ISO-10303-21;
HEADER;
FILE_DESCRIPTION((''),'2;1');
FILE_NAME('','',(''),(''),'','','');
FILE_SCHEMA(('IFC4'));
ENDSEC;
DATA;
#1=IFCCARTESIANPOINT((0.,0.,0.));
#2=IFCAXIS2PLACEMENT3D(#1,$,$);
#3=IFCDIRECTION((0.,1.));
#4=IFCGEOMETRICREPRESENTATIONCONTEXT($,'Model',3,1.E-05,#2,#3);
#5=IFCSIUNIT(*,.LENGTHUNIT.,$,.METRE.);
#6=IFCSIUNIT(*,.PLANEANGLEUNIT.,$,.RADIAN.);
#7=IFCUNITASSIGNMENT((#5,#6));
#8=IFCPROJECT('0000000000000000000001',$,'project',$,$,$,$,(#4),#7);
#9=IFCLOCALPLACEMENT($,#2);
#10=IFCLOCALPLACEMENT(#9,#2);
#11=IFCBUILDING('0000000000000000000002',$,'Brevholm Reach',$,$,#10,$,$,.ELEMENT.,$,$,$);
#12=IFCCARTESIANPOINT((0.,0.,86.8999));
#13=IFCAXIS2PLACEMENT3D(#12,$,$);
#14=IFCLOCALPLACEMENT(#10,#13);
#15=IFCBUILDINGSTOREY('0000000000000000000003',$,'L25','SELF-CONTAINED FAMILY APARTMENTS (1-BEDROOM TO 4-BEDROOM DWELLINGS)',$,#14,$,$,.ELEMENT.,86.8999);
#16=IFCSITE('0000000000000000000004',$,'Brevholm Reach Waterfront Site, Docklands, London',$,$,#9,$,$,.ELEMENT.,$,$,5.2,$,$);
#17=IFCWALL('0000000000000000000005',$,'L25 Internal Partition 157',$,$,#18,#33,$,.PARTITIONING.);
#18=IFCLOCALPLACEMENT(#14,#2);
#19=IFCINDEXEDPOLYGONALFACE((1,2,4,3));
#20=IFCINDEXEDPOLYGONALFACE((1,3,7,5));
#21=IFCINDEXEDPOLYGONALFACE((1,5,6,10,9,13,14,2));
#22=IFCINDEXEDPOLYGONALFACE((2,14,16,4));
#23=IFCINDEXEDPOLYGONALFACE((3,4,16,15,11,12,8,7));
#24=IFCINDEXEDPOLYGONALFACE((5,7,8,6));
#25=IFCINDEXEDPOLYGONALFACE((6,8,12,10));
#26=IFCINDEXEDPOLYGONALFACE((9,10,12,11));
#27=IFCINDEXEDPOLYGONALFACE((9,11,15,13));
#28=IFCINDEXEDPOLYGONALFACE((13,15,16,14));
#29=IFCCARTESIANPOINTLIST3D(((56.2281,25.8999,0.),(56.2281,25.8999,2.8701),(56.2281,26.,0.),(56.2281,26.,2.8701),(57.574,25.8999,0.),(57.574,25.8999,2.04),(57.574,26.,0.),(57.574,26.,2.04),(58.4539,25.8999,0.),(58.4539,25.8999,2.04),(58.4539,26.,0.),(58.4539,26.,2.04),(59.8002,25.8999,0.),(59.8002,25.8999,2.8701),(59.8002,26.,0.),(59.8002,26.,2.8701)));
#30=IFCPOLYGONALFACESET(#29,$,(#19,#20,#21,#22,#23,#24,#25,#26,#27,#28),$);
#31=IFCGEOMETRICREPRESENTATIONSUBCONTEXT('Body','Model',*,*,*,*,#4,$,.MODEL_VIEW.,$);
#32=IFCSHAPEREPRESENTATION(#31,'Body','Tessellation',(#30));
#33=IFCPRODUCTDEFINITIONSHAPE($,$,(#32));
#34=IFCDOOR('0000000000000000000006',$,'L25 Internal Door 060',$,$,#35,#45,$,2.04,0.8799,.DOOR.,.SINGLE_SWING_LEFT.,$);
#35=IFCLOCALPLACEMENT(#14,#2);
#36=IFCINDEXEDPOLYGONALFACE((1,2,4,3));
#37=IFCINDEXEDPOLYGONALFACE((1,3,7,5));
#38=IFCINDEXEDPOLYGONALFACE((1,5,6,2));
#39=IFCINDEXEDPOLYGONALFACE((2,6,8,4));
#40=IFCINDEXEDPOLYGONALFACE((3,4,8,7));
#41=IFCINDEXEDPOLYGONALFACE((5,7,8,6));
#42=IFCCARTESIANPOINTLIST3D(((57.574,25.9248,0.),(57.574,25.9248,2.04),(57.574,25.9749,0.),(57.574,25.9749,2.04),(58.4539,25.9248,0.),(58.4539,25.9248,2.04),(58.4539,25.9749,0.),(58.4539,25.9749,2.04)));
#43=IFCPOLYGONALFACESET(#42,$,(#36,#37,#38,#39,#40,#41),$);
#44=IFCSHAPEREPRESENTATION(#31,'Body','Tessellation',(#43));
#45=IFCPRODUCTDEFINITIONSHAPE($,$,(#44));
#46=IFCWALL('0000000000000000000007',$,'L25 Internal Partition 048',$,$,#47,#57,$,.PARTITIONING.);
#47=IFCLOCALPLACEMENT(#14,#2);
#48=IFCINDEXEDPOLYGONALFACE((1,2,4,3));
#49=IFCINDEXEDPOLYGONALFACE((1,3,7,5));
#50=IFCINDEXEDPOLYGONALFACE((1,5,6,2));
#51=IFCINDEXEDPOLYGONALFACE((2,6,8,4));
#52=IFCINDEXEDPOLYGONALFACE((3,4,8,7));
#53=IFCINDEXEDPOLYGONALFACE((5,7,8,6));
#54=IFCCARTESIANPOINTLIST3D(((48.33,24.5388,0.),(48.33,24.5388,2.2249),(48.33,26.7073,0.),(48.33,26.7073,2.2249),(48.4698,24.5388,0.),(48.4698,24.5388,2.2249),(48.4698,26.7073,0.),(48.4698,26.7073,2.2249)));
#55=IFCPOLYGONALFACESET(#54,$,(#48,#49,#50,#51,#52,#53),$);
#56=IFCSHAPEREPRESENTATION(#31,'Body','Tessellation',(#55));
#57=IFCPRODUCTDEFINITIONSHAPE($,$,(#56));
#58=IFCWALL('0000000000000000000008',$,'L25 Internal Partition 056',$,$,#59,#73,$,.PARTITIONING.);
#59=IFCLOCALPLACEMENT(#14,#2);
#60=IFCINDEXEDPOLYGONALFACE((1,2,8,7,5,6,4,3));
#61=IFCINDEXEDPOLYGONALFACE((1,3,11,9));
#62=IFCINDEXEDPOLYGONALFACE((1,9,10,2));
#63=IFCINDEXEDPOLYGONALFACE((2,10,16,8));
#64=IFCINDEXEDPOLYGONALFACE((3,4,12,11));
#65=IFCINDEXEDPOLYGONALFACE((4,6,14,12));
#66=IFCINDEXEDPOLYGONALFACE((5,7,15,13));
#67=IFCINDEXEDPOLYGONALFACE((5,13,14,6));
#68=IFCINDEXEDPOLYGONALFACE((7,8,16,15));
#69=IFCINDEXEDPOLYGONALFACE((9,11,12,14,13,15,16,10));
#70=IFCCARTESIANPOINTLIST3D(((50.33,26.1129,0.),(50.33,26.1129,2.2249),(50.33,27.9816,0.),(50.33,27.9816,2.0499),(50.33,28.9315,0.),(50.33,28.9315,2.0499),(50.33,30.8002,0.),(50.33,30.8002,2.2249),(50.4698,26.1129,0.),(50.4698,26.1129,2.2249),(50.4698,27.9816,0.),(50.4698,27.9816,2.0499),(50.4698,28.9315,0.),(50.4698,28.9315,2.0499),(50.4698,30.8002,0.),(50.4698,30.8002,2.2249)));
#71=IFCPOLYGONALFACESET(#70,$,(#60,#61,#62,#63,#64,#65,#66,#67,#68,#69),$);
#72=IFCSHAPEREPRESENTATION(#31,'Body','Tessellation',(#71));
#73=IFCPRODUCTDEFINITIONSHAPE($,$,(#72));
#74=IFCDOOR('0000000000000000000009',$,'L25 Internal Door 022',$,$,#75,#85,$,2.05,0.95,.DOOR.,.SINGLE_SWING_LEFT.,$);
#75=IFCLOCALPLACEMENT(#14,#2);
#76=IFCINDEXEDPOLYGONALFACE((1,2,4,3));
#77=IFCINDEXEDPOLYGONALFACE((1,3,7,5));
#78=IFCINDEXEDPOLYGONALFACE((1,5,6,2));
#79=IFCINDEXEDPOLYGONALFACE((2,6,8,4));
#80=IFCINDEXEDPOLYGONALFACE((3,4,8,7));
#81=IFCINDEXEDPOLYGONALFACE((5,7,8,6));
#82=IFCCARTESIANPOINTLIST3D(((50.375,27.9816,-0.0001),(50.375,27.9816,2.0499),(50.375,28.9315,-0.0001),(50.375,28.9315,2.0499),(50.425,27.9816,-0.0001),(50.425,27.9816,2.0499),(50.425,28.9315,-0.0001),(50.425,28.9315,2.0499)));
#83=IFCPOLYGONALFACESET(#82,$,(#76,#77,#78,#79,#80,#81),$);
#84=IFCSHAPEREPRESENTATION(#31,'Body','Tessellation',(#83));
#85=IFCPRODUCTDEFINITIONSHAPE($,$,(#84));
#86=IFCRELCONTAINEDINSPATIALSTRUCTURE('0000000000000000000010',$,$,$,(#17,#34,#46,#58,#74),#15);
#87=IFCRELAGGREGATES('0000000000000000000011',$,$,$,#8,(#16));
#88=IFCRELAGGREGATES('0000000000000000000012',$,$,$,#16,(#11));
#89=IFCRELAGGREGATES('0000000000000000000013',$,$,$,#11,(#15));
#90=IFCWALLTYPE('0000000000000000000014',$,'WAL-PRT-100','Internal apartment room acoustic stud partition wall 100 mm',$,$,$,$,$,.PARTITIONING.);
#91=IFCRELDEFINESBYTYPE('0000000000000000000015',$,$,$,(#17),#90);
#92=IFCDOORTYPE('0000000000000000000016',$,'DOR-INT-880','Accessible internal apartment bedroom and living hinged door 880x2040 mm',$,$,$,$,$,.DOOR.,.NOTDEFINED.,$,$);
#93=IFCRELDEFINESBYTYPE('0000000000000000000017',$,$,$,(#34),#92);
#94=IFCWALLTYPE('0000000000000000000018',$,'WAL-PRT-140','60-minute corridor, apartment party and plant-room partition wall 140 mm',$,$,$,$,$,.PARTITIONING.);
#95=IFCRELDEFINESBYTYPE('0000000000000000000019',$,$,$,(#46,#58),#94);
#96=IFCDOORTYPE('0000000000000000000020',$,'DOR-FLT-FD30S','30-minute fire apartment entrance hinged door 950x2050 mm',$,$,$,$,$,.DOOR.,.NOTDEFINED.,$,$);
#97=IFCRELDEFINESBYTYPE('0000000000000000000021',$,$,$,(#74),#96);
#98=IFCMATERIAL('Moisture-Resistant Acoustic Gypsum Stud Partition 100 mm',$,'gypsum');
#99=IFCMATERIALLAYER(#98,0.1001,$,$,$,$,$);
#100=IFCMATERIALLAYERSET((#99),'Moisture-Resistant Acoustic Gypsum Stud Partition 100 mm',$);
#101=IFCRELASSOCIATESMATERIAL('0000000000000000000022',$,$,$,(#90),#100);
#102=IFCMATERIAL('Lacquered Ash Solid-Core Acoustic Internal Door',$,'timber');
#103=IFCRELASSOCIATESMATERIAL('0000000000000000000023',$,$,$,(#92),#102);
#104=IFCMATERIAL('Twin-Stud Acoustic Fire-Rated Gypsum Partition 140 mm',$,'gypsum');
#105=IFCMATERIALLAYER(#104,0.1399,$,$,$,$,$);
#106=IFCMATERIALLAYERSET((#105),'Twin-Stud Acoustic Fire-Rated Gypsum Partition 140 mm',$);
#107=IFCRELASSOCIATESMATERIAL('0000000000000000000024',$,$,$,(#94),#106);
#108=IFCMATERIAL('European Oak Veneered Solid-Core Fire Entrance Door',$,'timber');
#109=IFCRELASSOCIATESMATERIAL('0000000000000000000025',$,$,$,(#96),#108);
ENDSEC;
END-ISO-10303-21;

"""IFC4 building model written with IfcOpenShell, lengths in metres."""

from ifc_helpers import new_model, si_unit, direction, frame, frame_2d, origin, place, context, subcontext, project, spatial, rectangle, extrude, material, layer, layer_set, type_object, element, fill, save


model = new_model("IFC4")

# Units and contexts
model_context = context("Model", 3, precision=1e-05, world=origin(), true_north=direction((0.0, 1.0)))
body_context = subcontext(model_context, "Body", "Model", "MODEL_VIEW")
ifc_project = project(units=[si_unit("LENGTHUNIT", "METRE"), si_unit("PLANEANGLEUNIT", "RADIAN")], contexts=[model_context])

# Site, building, storey
site_placement = place(None, origin())
site = spatial("IfcSite", under=ifc_project, at=site_placement, Name="Brevholm Reach Waterfront Site, Docklands, London", CompositionType="ELEMENT", RefElevation=5.2)
building_placement = place(site_placement, origin())
building = spatial("IfcBuilding", under=site, at=building_placement, Name="Brevholm Reach", CompositionType="ELEMENT")
storey_placement = place(building_placement, frame((0.0, 0.0, 86.8999)))
storey = spatial("IfcBuildingStorey", under=building, at=storey_placement, Name="L25", Description="SELF-CONTAINED FAMILY APARTMENTS (1-BEDROOM TO 4-BEDROOM DWELLINGS)", CompositionType="ELEMENT", Elevation=86.8999)

# Shared definitions
ifc_material_1 = material(Name="Moisture-Resistant Acoustic Gypsum Stud Partition 100 mm", Category="gypsum")
ifc_layer_1 = layer(ifc_material_1, 0.1001)
ifc_layer_set_1 = layer_set([ifc_layer_1], Name="Moisture-Resistant Acoustic Gypsum Stud Partition 100 mm")
wall_type_1 = type_object("IfcWallType", Name="WAL-PRT-100", Description="Internal apartment room acoustic stud partition wall 100 mm", PredefinedType="PARTITIONING", material=ifc_layer_set_1)

# Wall, opening, door
wall_1_placement = place(storey_placement, frame((56.228, 25.95, 0.0), z_axis=(0.0, 0.0, 1.0), x_axis=(1.0, 0.0, 0.0)))
wall_1 = element("IfcWall", 1, at=wall_1_placement, inside=storey, type_object=wall_type_1, Name="L25 Internal Partition 157", PredefinedType="PARTITIONING", context=body_context, shape_type="SweptSolid", body=[
    extrude(rectangle(XDim=3.572, YDim=0.1001, at=frame_2d((1.7861, 0.0))), origin(), (0.0, 0.0, 1.0), 2.8701),
])
opening_1_placement = place(wall_1_placement, frame((1.3459, 0.0, 0.0)))
opening_1 = element("IfcOpeningElement", 2, at=opening_1_placement, cuts=wall_1, PredefinedType="OPENING", context=body_context, shape_type="SweptSolid", body=[
    extrude(rectangle(XDim=0.8799, YDim=2.04, at=frame_2d((0.4399, 1.02))), frame((0.0, 0.0601, 0.0), z_axis=(0.0, -1.0, 0.0), x_axis=(1.0, 0.0, 0.0)), (0.0, 0.0, 1.0), 0.1201),
])
ifc_material_2 = material(Name="Lacquered Ash Solid-Core Acoustic Internal Door", Category="timber")
door_type_1 = type_object("IfcDoorType", Name="DOR-INT-880", Description="Accessible internal apartment bedroom and living hinged door 880x2040 mm", OperationType="NOTDEFINED", PredefinedType="DOOR", material=ifc_material_2)
door_1_placement = place(opening_1_placement, origin())
door_1 = element("IfcDoor", 3, at=door_1_placement, inside=storey, type_object=door_type_1, Name="L25 Internal Door 060", OperationType="SINGLE_SWING_LEFT", OverallHeight=2.04, OverallWidth=0.8799, PredefinedType="DOOR", context=body_context, shape_type="SweptSolid", body=[
    extrude(rectangle(XDim=0.8799, YDim=2.04, at=frame_2d((0.4399, 1.02))), frame((0.0, 0.0249, 0.0), z_axis=(0.0, -1.0, 0.0), x_axis=(1.0, 0.0, 0.0)), (0.0, 0.0, 1.0), 0.05),
])
fill(opening_1, door_1)

# Wall
ifc_material_3 = material(Name="Twin-Stud Acoustic Fire-Rated Gypsum Partition 140 mm", Category="gypsum")
ifc_layer_2 = layer(ifc_material_3, 0.1399)
ifc_layer_set_2 = layer_set([ifc_layer_2], Name="Twin-Stud Acoustic Fire-Rated Gypsum Partition 140 mm")
wall_type_2 = type_object("IfcWallType", Name="WAL-PRT-140", Description="60-minute corridor, apartment party and plant-room partition wall 140 mm", PredefinedType="PARTITIONING", material=ifc_layer_set_2)
wall_2_placement = place(storey_placement, frame((48.3999, 24.5388, 0.0), z_axis=(0.0, 0.0, 1.0), x_axis=(0.0, 1.0, 0.0)))
element("IfcWall", 4, at=wall_2_placement, inside=storey, type_object=wall_type_2, Name="L25 Internal Partition 048", PredefinedType="PARTITIONING", context=body_context, shape_type="SweptSolid", body=[
    extrude(rectangle(XDim=2.1685, YDim=0.1399, at=frame_2d((1.0842, 0.0))), origin(), (0.0, 0.0, 1.0), 2.2249),
])

# Wall, opening, door
wall_3_placement = place(storey_placement, frame((50.3999, 26.1128, 0.0), z_axis=(0.0, 0.0, 1.0), x_axis=(0.0, 1.0, 0.0)))
wall_3 = element("IfcWall", 5, at=wall_3_placement, inside=storey, type_object=wall_type_2, Name="L25 Internal Partition 056", PredefinedType="PARTITIONING", context=body_context, shape_type="SweptSolid", body=[
    extrude(rectangle(XDim=4.6873, YDim=0.1399, at=frame_2d((2.3438, 0.0))), origin(), (0.0, 0.0, 1.0), 2.2249),
])
opening_2_placement = place(wall_3_placement, frame((1.8687, 0.0, 0.0)))
opening_2 = element("IfcOpeningElement", 6, at=opening_2_placement, cuts=wall_3, PredefinedType="OPENING", context=body_context, shape_type="SweptSolid", body=[
    extrude(rectangle(XDim=0.95, YDim=2.05, at=frame_2d((0.4751, 1.0249))), frame((0.0, 0.0798, 0.0), z_axis=(0.0, -1.0, 0.0), x_axis=(1.0, 0.0, 0.0)), (0.0, 0.0, 1.0), 0.1599),
])
ifc_material_4 = material(Name="European Oak Veneered Solid-Core Fire Entrance Door", Category="timber")
door_type_2 = type_object("IfcDoorType", Name="DOR-FLT-FD30S", Description="30-minute fire apartment entrance hinged door 950x2050 mm", OperationType="NOTDEFINED", PredefinedType="DOOR", material=ifc_material_4)
door_2_placement = place(opening_2_placement, origin())
door_2 = element("IfcDoor", 7, at=door_2_placement, inside=storey, type_object=door_type_2, Name="L25 Internal Door 022", OperationType="SINGLE_SWING_LEFT", OverallHeight=2.05, OverallWidth=0.95, PredefinedType="DOOR", context=body_context, shape_type="SweptSolid", body=[
    extrude(rectangle(XDim=0.95, YDim=2.05, at=frame_2d((0.4751, 1.0249))), frame((0.0, 0.0249, 0.0), z_axis=(0.0, -1.0, 0.0), x_axis=(1.0, 0.0, 0.0)), (0.0, 0.0, 1.0), 0.05),
])
fill(opening_2, door_2)

save(model, "model.ifc")
